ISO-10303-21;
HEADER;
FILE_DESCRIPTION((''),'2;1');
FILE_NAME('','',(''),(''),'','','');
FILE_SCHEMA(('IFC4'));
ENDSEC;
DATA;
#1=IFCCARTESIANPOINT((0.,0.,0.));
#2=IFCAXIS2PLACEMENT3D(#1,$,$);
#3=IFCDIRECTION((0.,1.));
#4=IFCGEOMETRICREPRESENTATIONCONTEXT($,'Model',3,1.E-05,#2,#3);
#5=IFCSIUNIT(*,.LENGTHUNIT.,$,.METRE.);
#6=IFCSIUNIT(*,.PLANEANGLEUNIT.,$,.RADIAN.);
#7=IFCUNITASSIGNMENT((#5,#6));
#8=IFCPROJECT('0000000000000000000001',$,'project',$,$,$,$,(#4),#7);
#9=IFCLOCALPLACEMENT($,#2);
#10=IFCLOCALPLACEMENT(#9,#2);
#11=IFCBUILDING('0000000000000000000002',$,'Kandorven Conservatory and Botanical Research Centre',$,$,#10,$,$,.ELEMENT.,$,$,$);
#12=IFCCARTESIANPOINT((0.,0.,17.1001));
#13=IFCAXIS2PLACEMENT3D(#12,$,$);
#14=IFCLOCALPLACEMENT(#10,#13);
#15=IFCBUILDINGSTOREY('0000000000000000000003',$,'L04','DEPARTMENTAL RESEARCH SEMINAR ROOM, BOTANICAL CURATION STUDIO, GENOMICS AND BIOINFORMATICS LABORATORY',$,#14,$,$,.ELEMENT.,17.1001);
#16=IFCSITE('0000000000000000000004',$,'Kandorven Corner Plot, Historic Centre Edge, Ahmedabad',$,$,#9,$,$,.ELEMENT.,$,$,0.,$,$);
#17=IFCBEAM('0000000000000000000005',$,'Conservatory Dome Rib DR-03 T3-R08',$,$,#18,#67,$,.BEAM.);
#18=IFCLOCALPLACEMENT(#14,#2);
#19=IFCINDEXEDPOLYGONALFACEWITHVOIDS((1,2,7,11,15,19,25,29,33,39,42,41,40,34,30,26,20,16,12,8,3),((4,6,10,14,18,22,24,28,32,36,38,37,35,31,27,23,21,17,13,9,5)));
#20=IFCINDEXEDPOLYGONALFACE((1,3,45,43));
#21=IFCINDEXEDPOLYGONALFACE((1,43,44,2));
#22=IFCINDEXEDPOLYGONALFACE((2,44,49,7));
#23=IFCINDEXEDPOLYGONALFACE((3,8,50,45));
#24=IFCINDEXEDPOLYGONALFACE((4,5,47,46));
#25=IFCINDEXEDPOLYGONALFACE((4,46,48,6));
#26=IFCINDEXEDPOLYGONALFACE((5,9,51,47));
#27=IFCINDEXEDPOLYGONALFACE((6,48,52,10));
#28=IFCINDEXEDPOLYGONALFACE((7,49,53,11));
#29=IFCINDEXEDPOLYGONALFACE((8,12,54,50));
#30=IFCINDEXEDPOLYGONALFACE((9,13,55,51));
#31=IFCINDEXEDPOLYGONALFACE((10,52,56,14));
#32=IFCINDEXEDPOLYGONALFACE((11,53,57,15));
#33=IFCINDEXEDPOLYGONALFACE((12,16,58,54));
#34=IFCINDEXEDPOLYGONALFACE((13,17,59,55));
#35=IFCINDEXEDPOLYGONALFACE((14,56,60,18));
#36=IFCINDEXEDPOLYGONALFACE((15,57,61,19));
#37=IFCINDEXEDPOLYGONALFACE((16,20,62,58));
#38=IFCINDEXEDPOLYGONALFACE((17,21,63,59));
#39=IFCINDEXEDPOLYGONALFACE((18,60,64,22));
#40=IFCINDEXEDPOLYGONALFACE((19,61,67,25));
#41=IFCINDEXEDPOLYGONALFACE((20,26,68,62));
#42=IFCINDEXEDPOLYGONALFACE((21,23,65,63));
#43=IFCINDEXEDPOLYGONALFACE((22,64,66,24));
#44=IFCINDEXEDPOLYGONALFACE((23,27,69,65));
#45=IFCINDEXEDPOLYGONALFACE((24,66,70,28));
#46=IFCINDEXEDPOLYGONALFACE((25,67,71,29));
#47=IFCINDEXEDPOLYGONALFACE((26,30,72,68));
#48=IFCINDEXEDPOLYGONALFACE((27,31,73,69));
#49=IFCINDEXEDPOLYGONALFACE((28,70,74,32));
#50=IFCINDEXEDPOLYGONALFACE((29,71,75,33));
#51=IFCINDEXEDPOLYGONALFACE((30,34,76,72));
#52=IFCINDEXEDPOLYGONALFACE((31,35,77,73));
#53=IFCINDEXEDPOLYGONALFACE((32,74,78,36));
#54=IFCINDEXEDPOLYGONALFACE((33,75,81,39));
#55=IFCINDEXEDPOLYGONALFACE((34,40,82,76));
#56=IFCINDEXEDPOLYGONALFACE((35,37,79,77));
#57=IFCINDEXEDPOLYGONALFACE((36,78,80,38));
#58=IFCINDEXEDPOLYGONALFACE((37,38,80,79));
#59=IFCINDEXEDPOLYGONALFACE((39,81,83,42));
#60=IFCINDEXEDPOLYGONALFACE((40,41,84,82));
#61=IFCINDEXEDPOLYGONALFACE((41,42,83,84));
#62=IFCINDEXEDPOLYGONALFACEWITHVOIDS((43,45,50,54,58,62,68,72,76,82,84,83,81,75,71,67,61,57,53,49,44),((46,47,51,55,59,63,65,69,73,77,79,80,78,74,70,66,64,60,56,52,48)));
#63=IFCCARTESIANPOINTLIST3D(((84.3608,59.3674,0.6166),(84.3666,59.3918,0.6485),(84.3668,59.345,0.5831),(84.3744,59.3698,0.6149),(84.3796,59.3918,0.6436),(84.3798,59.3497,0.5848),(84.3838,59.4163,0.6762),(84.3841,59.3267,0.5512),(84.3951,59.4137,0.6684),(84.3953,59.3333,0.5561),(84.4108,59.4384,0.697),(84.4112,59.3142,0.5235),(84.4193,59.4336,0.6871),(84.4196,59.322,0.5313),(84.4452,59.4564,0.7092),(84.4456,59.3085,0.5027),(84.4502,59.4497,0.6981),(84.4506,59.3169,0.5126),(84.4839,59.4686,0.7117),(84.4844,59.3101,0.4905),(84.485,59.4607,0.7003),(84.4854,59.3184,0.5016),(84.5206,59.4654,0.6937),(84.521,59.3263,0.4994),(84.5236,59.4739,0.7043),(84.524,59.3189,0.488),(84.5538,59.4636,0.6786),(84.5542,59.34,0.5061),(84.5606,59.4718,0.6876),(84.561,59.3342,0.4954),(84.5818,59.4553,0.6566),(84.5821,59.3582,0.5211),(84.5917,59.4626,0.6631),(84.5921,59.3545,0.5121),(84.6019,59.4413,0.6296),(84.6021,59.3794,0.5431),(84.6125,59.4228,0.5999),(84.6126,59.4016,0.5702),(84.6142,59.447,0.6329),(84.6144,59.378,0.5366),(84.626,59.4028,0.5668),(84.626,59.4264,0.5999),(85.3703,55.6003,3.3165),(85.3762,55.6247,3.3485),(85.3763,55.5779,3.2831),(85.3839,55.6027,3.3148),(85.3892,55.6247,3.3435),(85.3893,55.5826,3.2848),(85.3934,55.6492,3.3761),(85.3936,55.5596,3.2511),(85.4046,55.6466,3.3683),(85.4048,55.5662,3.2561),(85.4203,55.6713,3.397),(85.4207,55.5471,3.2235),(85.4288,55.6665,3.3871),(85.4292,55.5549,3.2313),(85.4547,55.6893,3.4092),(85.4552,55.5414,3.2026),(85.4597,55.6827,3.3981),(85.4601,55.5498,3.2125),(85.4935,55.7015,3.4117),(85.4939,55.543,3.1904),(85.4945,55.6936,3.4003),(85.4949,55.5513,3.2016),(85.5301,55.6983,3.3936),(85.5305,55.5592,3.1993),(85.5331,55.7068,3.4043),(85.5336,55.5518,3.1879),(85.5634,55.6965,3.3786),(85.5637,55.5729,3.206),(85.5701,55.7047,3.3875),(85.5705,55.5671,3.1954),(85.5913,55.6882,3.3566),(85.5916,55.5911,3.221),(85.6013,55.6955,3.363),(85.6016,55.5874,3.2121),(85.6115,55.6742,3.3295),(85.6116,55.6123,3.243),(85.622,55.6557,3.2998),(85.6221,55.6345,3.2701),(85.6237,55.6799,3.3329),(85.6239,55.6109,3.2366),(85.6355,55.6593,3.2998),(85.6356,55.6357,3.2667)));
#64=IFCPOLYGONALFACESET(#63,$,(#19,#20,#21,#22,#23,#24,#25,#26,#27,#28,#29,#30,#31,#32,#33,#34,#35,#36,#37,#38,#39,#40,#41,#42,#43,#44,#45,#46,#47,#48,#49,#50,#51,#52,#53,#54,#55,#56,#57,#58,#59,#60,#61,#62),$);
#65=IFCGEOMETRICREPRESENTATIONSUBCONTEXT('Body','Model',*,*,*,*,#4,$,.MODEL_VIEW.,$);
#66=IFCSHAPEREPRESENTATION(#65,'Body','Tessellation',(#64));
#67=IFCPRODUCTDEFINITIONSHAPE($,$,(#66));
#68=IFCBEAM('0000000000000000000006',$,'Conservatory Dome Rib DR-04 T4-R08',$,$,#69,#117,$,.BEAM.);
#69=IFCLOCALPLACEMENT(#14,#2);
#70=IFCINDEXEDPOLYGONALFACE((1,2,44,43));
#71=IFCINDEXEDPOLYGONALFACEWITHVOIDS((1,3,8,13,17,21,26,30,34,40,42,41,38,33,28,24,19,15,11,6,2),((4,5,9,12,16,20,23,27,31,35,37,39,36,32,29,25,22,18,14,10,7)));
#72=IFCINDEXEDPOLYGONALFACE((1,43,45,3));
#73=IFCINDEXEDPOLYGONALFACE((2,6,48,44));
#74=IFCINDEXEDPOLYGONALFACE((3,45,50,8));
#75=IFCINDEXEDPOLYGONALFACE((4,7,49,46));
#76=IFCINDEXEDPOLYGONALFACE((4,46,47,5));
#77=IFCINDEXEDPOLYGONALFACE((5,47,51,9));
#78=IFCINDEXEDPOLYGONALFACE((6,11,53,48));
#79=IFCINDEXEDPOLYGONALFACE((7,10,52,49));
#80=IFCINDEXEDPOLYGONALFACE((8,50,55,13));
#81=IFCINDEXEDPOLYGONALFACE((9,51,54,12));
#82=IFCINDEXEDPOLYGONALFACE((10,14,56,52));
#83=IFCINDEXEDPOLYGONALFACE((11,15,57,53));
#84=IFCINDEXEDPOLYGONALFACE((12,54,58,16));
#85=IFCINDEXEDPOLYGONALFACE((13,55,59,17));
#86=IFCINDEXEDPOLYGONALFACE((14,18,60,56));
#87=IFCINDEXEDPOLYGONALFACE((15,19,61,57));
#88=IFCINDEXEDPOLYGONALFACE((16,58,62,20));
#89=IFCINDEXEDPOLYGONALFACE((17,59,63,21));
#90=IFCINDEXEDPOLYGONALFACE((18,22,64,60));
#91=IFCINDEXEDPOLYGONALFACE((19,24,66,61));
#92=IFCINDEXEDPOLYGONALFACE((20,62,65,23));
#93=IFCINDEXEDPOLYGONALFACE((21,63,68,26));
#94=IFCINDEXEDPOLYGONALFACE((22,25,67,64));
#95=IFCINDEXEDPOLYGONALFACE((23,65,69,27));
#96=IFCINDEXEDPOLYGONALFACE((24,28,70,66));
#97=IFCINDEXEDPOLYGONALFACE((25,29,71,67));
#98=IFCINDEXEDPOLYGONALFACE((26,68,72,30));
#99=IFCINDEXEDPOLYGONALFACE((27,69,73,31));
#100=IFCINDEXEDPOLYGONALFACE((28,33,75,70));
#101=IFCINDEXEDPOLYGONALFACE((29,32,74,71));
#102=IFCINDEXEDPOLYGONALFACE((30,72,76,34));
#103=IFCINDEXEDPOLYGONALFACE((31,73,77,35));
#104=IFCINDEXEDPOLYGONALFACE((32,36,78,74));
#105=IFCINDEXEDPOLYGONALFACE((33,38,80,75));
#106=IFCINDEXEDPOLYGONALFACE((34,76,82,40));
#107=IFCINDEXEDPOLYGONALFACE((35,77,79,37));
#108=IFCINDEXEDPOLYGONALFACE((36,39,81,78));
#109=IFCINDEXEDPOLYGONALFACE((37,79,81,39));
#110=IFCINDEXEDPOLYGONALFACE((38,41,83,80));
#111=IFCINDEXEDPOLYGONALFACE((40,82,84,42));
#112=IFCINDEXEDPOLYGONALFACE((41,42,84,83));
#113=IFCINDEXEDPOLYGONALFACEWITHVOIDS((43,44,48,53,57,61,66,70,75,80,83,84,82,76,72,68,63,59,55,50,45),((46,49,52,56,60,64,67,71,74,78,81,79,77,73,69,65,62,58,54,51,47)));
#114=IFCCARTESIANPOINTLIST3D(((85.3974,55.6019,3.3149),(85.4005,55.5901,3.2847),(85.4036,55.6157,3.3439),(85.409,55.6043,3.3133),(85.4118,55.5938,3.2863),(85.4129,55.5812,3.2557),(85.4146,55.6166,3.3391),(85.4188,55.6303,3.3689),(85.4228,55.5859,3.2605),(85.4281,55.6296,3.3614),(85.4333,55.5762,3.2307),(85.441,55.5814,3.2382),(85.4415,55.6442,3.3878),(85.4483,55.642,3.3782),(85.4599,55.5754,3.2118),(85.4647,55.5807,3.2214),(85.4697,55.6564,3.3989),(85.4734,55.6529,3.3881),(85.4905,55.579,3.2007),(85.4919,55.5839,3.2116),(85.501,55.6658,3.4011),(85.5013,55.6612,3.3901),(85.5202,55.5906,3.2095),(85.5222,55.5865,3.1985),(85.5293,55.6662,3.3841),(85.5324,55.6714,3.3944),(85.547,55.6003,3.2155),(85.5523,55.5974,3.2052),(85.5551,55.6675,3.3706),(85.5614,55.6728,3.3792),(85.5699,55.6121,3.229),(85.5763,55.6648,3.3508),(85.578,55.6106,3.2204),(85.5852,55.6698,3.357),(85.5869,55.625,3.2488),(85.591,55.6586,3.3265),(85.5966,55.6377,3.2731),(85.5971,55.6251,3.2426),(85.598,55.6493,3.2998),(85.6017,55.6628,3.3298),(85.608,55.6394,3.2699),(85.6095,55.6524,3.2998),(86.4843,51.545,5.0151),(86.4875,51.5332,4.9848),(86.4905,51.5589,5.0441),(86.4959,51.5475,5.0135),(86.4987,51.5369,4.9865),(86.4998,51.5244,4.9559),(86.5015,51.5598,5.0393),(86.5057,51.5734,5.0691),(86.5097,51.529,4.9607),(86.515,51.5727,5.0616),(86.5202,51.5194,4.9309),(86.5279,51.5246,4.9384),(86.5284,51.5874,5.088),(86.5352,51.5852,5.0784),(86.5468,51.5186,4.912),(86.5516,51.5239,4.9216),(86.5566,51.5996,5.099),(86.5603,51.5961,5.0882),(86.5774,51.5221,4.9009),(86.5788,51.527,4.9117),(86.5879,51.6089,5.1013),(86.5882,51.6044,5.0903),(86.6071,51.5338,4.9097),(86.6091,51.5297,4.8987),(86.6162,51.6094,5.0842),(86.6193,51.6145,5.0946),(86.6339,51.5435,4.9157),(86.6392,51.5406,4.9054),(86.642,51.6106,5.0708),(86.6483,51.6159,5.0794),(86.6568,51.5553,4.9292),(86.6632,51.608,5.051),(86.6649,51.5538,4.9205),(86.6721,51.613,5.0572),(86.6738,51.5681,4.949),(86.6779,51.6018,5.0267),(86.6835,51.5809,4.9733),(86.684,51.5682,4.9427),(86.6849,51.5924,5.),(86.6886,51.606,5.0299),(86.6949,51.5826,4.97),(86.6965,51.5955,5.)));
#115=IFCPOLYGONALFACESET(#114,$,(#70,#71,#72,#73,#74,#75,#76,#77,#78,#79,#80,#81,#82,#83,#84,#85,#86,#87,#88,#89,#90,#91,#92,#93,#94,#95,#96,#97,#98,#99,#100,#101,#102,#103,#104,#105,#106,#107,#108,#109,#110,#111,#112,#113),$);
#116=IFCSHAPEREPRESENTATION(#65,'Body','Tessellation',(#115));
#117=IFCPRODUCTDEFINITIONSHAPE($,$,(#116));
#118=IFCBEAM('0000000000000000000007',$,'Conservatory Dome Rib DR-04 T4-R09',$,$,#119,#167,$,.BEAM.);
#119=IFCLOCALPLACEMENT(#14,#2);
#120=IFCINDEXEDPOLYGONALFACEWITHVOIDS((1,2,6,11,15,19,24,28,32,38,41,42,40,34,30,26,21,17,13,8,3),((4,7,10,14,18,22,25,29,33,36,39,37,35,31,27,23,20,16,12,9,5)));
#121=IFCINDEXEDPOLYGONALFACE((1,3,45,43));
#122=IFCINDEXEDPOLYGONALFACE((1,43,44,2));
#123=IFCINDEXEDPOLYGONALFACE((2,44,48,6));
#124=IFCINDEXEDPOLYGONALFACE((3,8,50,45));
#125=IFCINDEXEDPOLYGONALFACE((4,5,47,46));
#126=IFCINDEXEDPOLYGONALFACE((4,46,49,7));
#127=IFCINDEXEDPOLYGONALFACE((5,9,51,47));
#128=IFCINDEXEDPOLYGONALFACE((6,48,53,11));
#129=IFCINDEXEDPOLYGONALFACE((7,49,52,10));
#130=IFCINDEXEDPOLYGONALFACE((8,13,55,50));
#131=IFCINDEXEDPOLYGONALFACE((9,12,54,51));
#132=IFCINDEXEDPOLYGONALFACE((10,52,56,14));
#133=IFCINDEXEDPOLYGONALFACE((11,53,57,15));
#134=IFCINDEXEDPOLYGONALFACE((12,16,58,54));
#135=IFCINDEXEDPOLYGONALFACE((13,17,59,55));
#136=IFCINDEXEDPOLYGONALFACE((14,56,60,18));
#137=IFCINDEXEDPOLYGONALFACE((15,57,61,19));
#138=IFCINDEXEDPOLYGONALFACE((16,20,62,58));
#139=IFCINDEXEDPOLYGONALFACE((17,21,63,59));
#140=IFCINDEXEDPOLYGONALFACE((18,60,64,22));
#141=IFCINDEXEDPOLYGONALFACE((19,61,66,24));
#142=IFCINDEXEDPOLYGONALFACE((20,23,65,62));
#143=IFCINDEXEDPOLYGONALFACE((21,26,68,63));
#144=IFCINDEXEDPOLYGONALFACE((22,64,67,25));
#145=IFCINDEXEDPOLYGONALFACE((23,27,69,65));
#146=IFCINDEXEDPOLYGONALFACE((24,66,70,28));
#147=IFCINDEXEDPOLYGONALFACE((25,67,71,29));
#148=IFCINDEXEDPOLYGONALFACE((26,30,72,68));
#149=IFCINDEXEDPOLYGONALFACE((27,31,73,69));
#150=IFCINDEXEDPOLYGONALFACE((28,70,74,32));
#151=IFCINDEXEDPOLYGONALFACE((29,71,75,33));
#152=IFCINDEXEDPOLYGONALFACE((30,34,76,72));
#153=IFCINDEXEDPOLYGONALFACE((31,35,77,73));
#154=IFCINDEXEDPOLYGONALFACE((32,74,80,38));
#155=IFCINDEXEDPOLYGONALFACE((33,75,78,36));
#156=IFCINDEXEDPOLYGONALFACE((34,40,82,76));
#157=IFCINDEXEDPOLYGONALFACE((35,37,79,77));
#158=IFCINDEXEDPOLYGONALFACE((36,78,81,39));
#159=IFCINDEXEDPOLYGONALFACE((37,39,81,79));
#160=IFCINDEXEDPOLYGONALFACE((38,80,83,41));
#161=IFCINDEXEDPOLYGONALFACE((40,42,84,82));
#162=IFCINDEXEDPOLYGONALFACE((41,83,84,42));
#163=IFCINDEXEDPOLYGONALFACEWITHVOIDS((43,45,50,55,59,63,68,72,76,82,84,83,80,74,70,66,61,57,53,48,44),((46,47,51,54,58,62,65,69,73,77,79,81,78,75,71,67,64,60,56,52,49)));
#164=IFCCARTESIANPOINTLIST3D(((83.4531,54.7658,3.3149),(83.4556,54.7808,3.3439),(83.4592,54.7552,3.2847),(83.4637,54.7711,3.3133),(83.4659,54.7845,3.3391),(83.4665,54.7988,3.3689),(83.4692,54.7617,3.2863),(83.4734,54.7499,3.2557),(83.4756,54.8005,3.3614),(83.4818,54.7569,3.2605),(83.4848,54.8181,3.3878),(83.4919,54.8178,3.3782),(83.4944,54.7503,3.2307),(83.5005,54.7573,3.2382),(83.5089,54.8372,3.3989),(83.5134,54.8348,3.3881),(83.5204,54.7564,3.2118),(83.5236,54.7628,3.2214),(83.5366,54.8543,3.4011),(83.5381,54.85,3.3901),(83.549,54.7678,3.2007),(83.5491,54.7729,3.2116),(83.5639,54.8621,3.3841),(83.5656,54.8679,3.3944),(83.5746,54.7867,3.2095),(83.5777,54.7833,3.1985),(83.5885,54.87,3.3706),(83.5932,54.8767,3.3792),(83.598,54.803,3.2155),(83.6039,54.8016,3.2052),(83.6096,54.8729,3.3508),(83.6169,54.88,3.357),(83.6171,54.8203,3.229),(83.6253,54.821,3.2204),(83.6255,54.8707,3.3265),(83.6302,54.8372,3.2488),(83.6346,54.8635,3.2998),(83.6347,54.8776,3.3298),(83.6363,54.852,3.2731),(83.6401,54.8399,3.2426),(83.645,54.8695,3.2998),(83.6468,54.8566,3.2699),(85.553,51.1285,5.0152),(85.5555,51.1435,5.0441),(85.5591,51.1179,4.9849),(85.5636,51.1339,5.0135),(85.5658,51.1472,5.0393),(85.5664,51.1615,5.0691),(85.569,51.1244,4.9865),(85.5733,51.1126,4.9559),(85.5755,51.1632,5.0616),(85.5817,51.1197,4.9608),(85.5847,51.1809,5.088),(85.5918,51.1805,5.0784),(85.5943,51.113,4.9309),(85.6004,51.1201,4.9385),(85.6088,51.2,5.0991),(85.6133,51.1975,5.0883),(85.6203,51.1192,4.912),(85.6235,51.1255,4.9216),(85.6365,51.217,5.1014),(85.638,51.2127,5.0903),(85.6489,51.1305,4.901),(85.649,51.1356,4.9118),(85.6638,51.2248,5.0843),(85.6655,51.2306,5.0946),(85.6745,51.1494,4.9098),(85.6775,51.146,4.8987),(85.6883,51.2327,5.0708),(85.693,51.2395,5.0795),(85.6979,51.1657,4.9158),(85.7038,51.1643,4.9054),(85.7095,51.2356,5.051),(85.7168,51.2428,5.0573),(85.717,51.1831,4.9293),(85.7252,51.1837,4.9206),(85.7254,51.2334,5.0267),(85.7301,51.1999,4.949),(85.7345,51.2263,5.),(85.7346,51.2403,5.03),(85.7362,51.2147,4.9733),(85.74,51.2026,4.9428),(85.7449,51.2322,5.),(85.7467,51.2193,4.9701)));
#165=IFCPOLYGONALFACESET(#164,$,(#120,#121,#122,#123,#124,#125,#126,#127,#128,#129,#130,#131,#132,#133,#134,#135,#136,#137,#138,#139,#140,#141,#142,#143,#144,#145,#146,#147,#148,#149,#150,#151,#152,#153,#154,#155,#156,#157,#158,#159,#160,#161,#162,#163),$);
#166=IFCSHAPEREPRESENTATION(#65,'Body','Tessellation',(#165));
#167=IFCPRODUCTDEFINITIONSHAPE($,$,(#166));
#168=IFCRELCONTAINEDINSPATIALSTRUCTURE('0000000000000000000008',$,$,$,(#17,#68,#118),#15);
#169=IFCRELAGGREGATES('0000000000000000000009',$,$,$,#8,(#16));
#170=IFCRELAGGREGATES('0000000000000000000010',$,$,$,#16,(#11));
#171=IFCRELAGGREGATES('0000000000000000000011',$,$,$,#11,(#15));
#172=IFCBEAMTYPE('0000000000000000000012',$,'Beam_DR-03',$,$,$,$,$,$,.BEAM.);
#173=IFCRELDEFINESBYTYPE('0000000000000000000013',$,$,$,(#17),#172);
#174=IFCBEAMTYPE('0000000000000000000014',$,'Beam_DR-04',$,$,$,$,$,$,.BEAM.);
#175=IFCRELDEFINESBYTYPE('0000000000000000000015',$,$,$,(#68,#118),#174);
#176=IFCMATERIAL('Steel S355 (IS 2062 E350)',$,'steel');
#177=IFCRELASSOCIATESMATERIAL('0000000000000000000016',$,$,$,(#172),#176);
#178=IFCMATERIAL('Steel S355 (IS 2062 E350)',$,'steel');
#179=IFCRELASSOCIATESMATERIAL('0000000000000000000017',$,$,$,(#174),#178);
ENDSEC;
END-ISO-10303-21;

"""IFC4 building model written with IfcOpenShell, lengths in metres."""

from ifc_helpers import new_model, si_unit, direction, frame, origin, origin_2d, place, context, subcontext, project, spatial, hollow_circle, extrude, material, material_profile, profile_set, type_object, element, save


model = new_model("IFC4")

# Units and contexts
model_context = context("Model", 3, precision=1e-05, world=origin(), true_north=direction((0.0, 1.0)))
body_context = subcontext(model_context, "Body", "Model", "MODEL_VIEW")
ifc_project = project(units=[si_unit("LENGTHUNIT", "METRE"), si_unit("PLANEANGLEUNIT", "RADIAN")], contexts=[model_context])

# Site, building, storey
site_placement = place(None, origin())
site = spatial("IfcSite", under=ifc_project, at=site_placement, Name="Kandorven Corner Plot, Historic Centre Edge, Ahmedabad", CompositionType="ELEMENT", RefElevation=0.0)
building_placement = place(site_placement, origin())
building = spatial("IfcBuilding", under=site, at=building_placement, Name="Kandorven Conservatory and Botanical Research Centre", CompositionType="ELEMENT")
storey_placement = place(building_placement, frame((0.0, 0.0, 17.1001)))
storey = spatial("IfcBuildingStorey", under=building, at=storey_placement, Name="L04", Description="DEPARTMENTAL RESEARCH SEMINAR ROOM, BOTANICAL CURATION STUDIO, GENOMICS AND BIOINFORMATICS LABORATORY", CompositionType="ELEMENT", Elevation=17.1001)

# Beams
ifc_material_1 = material(Name="Steel S355 (IS 2062 E350)", Category="steel")
ifc_material_profile_1 = material_profile(ifc_material_1, hollow_circle(Radius=0.1365, WallThickness=0.0139, at=origin_2d()))
ifc_profile_set_1 = profile_set([ifc_material_profile_1], Name="Steel S355 (IS 2062 E350)")
beam_type_1 = type_object("IfcBeamType", Name="Beam_DR-03", PredefinedType="BEAM", material=ifc_profile_set_1)
beam_placement = place(storey_placement, frame((84.4941, 59.3911, 0.5999), z_axis=(0.212827, -0.794175, 0.569202), x_axis=(0.965917, 0.258851, 0.0)))
element("IfcBeam", 1, at=beam_placement, inside=storey, type_object=beam_type_1, Name="Conservatory Dome Rib DR-03 T3-R08", PredefinedType="BEAM", context=body_context, shape_type="SweptSolid", body=[
    extrude(hollow_circle(Radius=0.1365, WallThickness=0.0139, at=origin_2d()), origin(), (0.0, 0.0, 1.0), 4.7434),
])
ifc_material_2 = material(Name="Steel S355 (IS 2062 E350)", Category="steel")
ifc_material_profile_2 = material_profile(ifc_material_2, hollow_circle(Radius=0.1096, WallThickness=0.012, at=origin_2d()))
ifc_profile_set_2 = profile_set([ifc_material_profile_2], Name="Steel S355 (IS 2062 E350)")
beam_type_2 = type_object("IfcBeamType", Name="Beam_DR-04", PredefinedType="BEAM", material=ifc_profile_set_2)
for number, where, z_axis, x_axis, name in (
    (2, (85.5037, 55.624, 3.2998), (0.239882, -0.895353, 0.375233), (0.965933, 0.258791, 0.0), "Conservatory Dome Rib DR-04 T4-R08"),
    (3, (83.55, 54.8147, 3.2998), (0.463449, -0.802751, 0.375242), (0.866035, 0.499984, 0.0), "Conservatory Dome Rib DR-04 T4-R09"),
):
    element("IfcBeam", number, at=place(storey_placement, frame(where, z_axis=z_axis, x_axis=x_axis)), inside=storey, type_object=beam_type_2, Name=name, PredefinedType="BEAM", context=body_context, shape_type="SweptSolid", body=[
        extrude(hollow_circle(Radius=0.1096, WallThickness=0.012, at=origin_2d()), origin(), (0.0, 0.0, 1.0), 4.531),
    ])

save(model, "model.ifc")
